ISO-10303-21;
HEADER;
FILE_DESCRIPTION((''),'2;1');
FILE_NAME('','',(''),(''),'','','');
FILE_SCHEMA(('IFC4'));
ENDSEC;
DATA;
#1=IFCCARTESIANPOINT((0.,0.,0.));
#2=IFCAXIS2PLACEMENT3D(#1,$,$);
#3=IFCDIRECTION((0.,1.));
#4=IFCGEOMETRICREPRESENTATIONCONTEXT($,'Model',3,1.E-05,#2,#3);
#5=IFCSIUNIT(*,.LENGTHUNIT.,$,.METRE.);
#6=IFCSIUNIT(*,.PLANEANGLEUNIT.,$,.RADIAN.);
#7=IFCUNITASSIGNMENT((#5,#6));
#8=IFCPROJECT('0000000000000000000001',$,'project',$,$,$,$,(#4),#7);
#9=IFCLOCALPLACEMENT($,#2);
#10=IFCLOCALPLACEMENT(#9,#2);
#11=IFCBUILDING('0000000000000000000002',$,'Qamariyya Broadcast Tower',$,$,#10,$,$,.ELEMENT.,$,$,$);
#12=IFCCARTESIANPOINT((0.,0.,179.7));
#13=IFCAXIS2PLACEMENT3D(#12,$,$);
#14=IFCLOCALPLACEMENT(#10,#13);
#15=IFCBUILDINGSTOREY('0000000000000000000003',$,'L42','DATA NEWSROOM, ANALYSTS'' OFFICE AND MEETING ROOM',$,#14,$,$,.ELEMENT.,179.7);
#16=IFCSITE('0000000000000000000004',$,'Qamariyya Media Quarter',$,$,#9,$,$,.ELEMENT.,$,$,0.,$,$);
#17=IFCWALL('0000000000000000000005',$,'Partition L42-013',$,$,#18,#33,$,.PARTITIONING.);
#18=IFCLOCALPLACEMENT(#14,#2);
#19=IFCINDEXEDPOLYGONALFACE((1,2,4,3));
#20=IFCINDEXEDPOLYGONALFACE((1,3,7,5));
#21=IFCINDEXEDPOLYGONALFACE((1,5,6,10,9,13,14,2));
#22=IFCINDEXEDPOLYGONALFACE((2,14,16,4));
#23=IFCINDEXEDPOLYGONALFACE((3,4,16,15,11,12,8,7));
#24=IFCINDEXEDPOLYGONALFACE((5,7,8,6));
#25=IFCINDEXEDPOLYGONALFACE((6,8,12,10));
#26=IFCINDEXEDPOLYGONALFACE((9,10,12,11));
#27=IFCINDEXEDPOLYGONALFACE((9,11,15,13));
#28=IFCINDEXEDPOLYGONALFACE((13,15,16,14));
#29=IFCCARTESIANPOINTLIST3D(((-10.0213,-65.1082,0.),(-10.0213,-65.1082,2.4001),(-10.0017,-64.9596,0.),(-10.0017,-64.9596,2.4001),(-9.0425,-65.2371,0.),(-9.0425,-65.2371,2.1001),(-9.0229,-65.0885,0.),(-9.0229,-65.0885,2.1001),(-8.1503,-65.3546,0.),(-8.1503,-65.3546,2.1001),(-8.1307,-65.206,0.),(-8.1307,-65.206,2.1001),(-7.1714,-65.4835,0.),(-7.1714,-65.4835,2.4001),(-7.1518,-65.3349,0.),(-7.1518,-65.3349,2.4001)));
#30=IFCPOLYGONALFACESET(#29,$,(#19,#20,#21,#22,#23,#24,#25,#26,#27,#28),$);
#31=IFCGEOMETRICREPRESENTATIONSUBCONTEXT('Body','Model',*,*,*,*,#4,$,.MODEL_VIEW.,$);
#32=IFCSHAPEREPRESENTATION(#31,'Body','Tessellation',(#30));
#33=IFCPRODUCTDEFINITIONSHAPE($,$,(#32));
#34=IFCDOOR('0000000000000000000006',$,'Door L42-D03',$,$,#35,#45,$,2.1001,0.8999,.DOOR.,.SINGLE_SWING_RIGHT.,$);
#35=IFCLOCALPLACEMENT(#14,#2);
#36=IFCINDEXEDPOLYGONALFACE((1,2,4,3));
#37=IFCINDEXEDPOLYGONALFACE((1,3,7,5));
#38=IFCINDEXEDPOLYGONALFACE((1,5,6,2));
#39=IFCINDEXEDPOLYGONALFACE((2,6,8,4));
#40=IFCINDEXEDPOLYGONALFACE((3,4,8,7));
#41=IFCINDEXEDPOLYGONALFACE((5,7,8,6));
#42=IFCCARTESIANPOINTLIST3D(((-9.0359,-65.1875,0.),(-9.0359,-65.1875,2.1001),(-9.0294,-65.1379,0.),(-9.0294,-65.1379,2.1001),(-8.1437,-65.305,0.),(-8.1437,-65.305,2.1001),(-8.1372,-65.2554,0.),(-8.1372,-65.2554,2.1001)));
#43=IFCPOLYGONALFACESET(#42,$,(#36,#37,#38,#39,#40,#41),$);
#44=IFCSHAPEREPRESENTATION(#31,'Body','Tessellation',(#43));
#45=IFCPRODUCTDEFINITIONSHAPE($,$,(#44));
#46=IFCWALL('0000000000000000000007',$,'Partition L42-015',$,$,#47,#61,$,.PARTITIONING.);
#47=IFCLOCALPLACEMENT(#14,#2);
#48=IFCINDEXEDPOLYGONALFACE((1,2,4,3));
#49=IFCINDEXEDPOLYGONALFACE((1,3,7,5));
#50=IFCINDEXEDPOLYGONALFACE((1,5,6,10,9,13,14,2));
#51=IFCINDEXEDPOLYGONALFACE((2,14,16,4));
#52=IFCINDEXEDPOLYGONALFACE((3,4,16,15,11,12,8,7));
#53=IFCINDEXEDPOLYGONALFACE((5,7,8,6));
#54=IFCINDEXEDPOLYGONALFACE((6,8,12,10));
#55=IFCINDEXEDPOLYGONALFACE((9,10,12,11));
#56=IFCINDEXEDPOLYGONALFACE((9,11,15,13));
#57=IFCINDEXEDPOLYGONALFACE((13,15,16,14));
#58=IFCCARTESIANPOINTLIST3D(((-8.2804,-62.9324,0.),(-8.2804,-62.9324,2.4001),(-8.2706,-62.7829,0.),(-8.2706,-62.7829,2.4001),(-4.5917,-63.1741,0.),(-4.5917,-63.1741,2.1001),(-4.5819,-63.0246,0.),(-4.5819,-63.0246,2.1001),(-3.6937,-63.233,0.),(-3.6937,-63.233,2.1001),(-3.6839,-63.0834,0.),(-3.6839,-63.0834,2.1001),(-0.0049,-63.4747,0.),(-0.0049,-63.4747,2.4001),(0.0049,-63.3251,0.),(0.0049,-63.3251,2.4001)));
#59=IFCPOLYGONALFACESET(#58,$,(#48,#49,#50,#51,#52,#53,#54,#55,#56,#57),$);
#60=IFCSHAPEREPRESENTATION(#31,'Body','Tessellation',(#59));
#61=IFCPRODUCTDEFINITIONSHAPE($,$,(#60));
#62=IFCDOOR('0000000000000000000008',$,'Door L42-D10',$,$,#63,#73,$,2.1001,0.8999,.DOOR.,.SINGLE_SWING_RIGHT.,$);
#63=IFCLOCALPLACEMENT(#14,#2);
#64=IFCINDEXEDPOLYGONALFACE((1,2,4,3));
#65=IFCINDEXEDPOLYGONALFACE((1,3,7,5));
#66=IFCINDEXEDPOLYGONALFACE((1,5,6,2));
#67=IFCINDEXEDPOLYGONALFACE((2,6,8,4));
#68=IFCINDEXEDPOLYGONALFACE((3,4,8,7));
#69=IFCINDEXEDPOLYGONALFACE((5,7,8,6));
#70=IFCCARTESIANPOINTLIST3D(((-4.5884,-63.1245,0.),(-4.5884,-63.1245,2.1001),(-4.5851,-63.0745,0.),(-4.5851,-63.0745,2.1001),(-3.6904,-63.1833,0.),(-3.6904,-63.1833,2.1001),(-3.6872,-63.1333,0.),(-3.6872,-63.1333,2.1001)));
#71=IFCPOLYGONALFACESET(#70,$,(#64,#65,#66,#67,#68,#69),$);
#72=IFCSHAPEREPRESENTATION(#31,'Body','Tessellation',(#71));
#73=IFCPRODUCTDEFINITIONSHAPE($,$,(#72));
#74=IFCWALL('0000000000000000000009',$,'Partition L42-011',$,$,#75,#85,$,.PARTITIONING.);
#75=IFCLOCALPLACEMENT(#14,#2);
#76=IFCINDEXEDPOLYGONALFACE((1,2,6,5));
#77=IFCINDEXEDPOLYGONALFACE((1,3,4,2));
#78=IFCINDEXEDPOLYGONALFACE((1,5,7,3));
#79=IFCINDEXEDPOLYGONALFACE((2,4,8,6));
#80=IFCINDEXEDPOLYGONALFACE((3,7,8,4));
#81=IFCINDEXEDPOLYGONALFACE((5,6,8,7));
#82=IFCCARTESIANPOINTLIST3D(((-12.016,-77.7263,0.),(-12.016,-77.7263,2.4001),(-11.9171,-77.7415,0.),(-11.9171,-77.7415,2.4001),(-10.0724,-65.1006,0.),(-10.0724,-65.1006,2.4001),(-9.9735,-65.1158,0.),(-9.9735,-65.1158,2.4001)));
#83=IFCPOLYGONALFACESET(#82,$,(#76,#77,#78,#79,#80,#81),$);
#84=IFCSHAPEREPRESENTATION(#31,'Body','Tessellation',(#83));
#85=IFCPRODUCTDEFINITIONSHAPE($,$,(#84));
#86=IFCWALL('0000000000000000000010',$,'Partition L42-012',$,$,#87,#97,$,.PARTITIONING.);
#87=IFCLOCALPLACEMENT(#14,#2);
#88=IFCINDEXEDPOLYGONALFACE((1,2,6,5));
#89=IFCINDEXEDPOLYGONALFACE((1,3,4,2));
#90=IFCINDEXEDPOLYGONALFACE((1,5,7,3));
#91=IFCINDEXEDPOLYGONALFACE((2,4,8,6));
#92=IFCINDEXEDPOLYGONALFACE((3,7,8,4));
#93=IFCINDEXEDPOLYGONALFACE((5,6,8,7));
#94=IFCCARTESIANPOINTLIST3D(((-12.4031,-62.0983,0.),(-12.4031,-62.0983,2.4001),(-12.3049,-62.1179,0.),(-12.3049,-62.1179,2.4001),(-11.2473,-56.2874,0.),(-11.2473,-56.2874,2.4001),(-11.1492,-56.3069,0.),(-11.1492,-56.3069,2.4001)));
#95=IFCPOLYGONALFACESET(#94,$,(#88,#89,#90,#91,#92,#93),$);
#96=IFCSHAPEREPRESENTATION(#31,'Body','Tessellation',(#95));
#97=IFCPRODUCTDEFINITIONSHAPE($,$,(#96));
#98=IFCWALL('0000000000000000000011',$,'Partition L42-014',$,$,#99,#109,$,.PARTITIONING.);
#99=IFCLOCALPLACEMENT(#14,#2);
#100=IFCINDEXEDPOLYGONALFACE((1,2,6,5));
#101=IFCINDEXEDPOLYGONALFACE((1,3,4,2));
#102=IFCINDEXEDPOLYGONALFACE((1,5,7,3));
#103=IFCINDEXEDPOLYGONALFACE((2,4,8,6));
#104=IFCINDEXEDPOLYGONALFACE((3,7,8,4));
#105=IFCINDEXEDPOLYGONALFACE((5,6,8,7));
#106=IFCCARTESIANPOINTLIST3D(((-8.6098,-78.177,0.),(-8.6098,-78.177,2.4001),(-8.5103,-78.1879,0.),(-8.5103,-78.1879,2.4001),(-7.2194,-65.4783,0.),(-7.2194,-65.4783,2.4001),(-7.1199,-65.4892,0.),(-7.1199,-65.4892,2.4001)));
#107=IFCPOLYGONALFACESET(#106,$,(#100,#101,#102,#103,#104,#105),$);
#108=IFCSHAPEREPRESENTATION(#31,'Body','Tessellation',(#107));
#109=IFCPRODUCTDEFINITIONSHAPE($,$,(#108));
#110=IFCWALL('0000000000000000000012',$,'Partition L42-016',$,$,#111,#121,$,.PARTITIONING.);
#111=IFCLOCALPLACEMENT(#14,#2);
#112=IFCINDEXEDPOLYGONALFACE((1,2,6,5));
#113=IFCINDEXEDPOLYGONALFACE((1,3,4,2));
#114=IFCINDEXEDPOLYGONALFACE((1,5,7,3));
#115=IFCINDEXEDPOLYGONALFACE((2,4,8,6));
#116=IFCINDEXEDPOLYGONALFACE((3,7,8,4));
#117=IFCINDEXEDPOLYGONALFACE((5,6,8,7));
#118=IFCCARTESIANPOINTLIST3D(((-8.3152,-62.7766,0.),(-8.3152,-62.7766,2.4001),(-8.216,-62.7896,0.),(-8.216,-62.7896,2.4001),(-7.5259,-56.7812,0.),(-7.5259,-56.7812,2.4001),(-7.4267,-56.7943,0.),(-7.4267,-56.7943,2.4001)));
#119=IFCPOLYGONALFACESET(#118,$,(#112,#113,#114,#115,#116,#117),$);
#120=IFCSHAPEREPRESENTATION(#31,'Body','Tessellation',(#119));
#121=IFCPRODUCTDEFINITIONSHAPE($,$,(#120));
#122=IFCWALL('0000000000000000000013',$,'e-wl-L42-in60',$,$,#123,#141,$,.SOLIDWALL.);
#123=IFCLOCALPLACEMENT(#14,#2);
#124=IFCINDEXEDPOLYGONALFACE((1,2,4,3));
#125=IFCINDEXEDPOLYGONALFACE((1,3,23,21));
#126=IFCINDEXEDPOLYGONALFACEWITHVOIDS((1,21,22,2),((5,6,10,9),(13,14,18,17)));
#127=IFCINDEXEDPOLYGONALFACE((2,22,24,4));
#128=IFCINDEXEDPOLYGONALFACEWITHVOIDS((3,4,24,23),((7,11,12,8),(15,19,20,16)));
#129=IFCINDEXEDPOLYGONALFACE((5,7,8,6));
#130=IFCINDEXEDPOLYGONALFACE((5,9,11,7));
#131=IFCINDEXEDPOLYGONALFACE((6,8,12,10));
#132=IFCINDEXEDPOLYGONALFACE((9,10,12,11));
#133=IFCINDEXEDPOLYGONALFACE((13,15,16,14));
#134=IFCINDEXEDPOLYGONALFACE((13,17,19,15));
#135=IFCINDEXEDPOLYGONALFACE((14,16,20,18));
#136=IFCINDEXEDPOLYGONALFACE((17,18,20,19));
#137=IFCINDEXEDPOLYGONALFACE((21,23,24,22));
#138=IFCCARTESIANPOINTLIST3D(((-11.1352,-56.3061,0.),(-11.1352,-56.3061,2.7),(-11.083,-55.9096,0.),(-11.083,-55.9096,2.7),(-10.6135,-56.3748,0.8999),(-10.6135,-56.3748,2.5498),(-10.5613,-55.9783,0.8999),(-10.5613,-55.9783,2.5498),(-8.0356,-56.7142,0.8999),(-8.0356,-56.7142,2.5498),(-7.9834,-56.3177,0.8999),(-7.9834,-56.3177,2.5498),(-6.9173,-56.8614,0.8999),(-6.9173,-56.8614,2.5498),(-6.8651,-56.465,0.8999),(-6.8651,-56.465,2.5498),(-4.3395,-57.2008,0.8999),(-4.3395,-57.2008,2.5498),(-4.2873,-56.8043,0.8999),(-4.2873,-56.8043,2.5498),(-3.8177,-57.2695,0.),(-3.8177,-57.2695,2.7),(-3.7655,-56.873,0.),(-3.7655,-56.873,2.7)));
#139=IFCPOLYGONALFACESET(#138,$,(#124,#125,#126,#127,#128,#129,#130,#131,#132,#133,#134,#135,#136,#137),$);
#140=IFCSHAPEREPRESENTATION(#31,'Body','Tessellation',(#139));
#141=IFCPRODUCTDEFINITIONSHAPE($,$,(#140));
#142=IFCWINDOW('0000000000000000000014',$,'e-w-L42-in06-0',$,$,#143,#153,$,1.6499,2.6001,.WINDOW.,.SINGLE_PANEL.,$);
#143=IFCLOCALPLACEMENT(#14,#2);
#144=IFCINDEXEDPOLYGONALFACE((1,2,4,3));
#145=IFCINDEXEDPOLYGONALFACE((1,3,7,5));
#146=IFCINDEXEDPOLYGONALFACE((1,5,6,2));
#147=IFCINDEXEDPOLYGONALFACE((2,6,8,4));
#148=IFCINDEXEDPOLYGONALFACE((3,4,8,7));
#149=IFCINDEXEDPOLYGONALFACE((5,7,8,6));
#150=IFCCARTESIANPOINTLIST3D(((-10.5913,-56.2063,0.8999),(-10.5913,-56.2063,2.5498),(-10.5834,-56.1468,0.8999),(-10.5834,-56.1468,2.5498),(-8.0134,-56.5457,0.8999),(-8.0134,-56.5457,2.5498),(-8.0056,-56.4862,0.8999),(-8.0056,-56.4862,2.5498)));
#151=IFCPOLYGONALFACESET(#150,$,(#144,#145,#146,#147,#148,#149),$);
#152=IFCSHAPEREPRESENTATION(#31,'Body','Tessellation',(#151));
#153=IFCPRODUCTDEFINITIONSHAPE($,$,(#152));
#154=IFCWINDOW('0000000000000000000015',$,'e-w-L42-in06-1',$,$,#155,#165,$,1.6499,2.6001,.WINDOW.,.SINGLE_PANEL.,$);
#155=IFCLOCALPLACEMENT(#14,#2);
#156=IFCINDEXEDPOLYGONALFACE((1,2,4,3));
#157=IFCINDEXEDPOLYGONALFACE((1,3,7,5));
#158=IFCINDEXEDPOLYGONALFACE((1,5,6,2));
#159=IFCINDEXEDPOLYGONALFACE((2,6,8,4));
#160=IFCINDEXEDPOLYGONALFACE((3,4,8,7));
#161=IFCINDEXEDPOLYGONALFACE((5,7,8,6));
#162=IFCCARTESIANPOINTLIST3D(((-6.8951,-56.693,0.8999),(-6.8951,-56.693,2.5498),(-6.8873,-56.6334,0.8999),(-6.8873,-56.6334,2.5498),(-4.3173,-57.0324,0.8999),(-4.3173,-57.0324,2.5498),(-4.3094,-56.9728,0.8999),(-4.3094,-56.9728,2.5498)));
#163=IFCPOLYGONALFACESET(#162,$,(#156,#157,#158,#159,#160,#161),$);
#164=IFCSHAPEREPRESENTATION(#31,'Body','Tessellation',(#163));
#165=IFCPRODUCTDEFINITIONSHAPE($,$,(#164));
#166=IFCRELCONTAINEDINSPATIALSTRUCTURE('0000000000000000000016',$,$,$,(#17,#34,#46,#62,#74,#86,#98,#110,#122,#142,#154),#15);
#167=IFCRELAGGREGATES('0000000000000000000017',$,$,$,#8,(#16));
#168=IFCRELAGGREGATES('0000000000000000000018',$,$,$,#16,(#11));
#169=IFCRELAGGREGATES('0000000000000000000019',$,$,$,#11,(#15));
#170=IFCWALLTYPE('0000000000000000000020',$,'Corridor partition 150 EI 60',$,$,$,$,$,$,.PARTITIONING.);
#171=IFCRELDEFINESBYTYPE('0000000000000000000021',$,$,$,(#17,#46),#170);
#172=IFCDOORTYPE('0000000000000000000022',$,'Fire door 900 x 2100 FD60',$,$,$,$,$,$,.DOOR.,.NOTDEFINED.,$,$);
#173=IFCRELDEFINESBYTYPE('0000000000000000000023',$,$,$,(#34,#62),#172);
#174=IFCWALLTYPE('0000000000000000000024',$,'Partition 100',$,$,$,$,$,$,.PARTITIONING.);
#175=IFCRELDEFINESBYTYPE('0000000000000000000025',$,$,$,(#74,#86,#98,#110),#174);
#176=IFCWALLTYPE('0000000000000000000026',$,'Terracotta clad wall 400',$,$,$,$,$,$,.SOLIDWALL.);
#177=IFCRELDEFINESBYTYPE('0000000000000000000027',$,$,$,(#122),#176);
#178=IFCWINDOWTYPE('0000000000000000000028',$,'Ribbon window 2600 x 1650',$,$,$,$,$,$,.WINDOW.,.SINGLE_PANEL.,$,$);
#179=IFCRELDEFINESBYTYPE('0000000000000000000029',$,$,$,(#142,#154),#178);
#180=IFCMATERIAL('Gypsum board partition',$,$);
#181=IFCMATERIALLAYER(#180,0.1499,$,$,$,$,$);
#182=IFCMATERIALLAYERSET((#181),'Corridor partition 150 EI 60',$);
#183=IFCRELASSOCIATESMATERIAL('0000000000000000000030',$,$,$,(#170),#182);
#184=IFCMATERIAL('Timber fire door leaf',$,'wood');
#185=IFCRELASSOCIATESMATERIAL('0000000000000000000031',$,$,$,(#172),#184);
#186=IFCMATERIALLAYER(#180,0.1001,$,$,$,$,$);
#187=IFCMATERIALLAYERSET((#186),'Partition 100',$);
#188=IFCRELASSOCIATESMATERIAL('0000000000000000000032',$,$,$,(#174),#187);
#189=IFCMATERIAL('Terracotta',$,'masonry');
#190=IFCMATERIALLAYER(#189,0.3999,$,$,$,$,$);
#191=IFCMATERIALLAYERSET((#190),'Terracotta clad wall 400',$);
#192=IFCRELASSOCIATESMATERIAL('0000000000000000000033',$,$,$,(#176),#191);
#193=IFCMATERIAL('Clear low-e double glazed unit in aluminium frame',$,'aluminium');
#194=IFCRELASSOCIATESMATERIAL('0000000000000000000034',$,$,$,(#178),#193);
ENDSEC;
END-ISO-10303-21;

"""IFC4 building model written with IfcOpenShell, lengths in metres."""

from ifc_helpers import new_model, si_unit, direction, frame, frame_2d, origin, place, context, subcontext, project, spatial, rectangle, extrude, material, layer, layer_set, type_object, element, fill, save


model = new_model("IFC4")

# Units and contexts
model_context = context("Model", 3, precision=1e-05, world=origin(), true_north=direction((0.0, 1.0)))
body_context = subcontext(model_context, "Body", "Model", "MODEL_VIEW")
ifc_project = project(units=[si_unit("LENGTHUNIT", "METRE"), si_unit("PLANEANGLEUNIT", "RADIAN")], contexts=[model_context])

# Site, building, storey
site_placement = place(None, origin())
site = spatial("IfcSite", under=ifc_project, at=site_placement, Name="Qamariyya Media Quarter", CompositionType="ELEMENT", RefElevation=0.0)
building_placement = place(site_placement, origin())
building = spatial("IfcBuilding", under=site, at=building_placement, Name="Qamariyya Broadcast Tower", CompositionType="ELEMENT")
storey_placement = place(building_placement, frame((0.0, 0.0, 179.7)))
storey = spatial("IfcBuildingStorey", under=building, at=storey_placement, Name="L42", Description="DATA NEWSROOM, ANALYSTS' OFFICE AND MEETING ROOM", CompositionType="ELEMENT", Elevation=179.7)

# Walls, openings, doors
ifc_material_1 = material(Name="Gypsum board partition")
ifc_layer_1 = layer(ifc_material_1, 0.1499)
ifc_layer_set_1 = layer_set([ifc_layer_1], Name="Corridor partition 150 EI 60")
wall_type_1 = type_object("IfcWallType", Name="Corridor partition 150 EI 60", PredefinedType="PARTITIONING", material=ifc_layer_set_1)
ifc_material_2 = material(Name="Timber fire door leaf", Category="wood")
door_type_1 = type_object("IfcDoorType", Name="Fire door 900 x 2100 FD60", OperationType="NOTDEFINED", PredefinedType="DOOR", material=ifc_material_2)
wall_1_placement = place(storey_placement, frame((-7.1616, -65.4092, 0.0), z_axis=(0.0, 0.0, 1.0), x_axis=(-0.991442, 0.130545, 0.0)))
wall_1 = element("IfcWall", 1, at=wall_1_placement, inside=storey, type_object=wall_type_1, Name="Partition L42-013", PredefinedType="PARTITIONING", context=body_context, shape_type="SweptSolid", body=[
    extrude(rectangle(XDim=2.8745, YDim=0.1499, at=frame_2d((1.4373, 0.0))), origin(), (0.0, 0.0, 1.0), 2.4001),
])
opening_1_placement = place(wall_1_placement, frame((0.9873, 0.0, 0.0)))
opening_1 = element("IfcOpeningElement", 2, at=opening_1_placement, cuts=wall_1, PredefinedType="OPENING", context=body_context, shape_type="SweptSolid", body=[
    extrude(rectangle(XDim=0.8999, YDim=2.1001, at=frame_2d((0.45, 1.05))), frame((0.0, 0.085, 0.0), z_axis=(0.0, -1.0, 0.0), x_axis=(1.0, 0.0, 0.0)), (0.0, 0.0, 1.0), 0.1699),
])
door_1_placement = place(opening_1_placement, origin())
door_1 = element("IfcDoor", 3, at=door_1_placement, inside=storey, type_object=door_type_1, Name="Door L42-D03", OperationType="SINGLE_SWING_RIGHT", OverallHeight=2.1001, OverallWidth=0.8999, PredefinedType="DOOR", context=body_context, shape_type="SweptSolid", body=[
    extrude(rectangle(XDim=0.8999, YDim=2.1001, at=frame_2d((0.45, 1.05))), frame((0.0, 0.0249, 0.0), z_axis=(0.0, -1.0, 0.0), x_axis=(1.0, 0.0, 0.0)), (0.0, 0.0, 1.0), 0.05),
])
fill(opening_1, door_1)
wall_2_placement = place(storey_placement, frame((-8.2754, -62.8577, 0.0), z_axis=(0.0, 0.0, 1.0), x_axis=(0.99786, -0.065384, 0.0)))
wall_2 = element("IfcWall", 4, at=wall_2_placement, inside=storey, type_object=wall_type_1, Name="Partition L42-015", PredefinedType="PARTITIONING", context=body_context, shape_type="SweptSolid", body=[
    extrude(rectangle(XDim=8.2932, YDim=0.1499, at=frame_2d((4.1465, 0.0))), origin(), (0.0, 0.0, 1.0), 2.4001),
])
opening_2_placement = place(wall_2_placement, frame((3.6965, 0.0, 0.0)))
opening_2 = element("IfcOpeningElement", 5, at=opening_2_placement, cuts=wall_2, PredefinedType="OPENING", context=body_context, shape_type="SweptSolid", body=[
    extrude(rectangle(XDim=0.8999, YDim=2.1001, at=frame_2d((0.45, 1.05))), frame((0.0, 0.085, 0.0), z_axis=(0.0, -1.0, 0.0), x_axis=(1.0, 0.0, 0.0)), (0.0, 0.0, 1.0), 0.1699),
])
door_2_placement = place(opening_2_placement, origin())
door_2 = element("IfcDoor", 6, at=door_2_placement, inside=storey, type_object=door_type_1, Name="Door L42-D10", OperationType="SINGLE_SWING_RIGHT", OverallHeight=2.1001, OverallWidth=0.8999, PredefinedType="DOOR", context=body_context, shape_type="SweptSolid", body=[
    extrude(rectangle(XDim=0.8999, YDim=2.1001, at=frame_2d((0.45, 1.05))), frame((0.0, 0.0249, 0.0), z_axis=(0.0, -1.0, 0.0), x_axis=(1.0, 0.0, 0.0)), (0.0, 0.0, 1.0), 0.05),
])
fill(opening_2, door_2)

# Walls
ifc_layer_2 = layer(ifc_material_1, 0.1001)
ifc_layer_set_2 = layer_set([ifc_layer_2], Name="Partition 100")
wall_type_2 = type_object("IfcWallType", Name="Partition 100", PredefinedType="PARTITIONING", material=ifc_layer_set_2)
wall_3_placement = place(storey_placement, frame((-11.9666, -77.7339, 0.0), z_axis=(0.0, 0.0, 1.0), x_axis=(0.152148, 0.988358, 0.0)))
element("IfcWall", 7, at=wall_3_placement, inside=storey, type_object=wall_type_2, Name="Partition L42-011", PredefinedType="PARTITIONING", context=body_context, shape_type="SweptSolid", body=[
    extrude(rectangle(XDim=12.7744, YDim=0.1001, at=frame_2d((6.3872, 0.0))), origin(), (0.0, 0.0, 1.0), 2.4001),
])
wall_4_placement = place(storey_placement, frame((-11.1982, -56.2971, 0.0), z_axis=(0.0, 0.0, 1.0), x_axis=(-0.19507, -0.980789, 0.0)))
element("IfcWall", 8, at=wall_4_placement, inside=storey, type_object=wall_type_2, Name="Partition L42-012", PredefinedType="PARTITIONING", context=body_context, shape_type="SweptSolid", body=[
    extrude(rectangle(XDim=5.9248, YDim=0.1001, at=frame_2d((2.9624, 0.0))), origin(), (0.0, 0.0, 1.0), 2.4001),
])
wall_5_placement = place(storey_placement, frame((-8.5601, -78.1824, 0.0), z_axis=(0.0, 0.0, 1.0), x_axis=(0.108839, 0.994059, 0.0)))
element("IfcWall", 9, at=wall_5_placement, inside=storey, type_object=wall_type_2, Name="Partition L42-014", PredefinedType="PARTITIONING", context=body_context, shape_type="SweptSolid", body=[
    extrude(rectangle(XDim=12.7747, YDim=0.1001, at=frame_2d((6.3872, 0.0))), origin(), (0.0, 0.0, 1.0), 2.4001),
])
wall_6_placement = place(storey_placement, frame((-7.4763, -56.7878, 0.0), z_axis=(0.0, 0.0, 1.0), x_axis=(-0.130527, -0.991445, 0.0)))
element("IfcWall", 10, at=wall_6_placement, inside=storey, type_object=wall_type_2, Name="Partition L42-016", PredefinedType="PARTITIONING", context=body_context, shape_type="SweptSolid", body=[
    extrude(rectangle(XDim=6.0471, YDim=0.1001, at=frame_2d((3.0234, 0.0))), origin(), (0.0, 0.0, 1.0), 2.4001),
])

# Wall, openings, windows
ifc_material_3 = material(Name="Terracotta", Category="masonry")
ifc_layer_3 = layer(ifc_material_3, 0.3999)
ifc_layer_set_3 = layer_set([ifc_layer_3], Name="Terracotta clad wall 400")
wall_type_3 = type_object("IfcWallType", Name="Terracotta clad wall 400", PredefinedType="SOLIDWALL", material=ifc_layer_set_3)
wall_7_placement = place(storey_placement, frame((-3.7915, -57.0713, 0.0), z_axis=(0.0, 0.0, 1.0), x_axis=(-0.991444, 0.13053, 0.0)))
wall_7 = element("IfcWall", 11, at=wall_7_placement, inside=storey, type_object=wall_type_3, Name="e-wl-L42-in60", PredefinedType="SOLIDWALL", context=body_context, shape_type="SweptSolid", body=[
    extrude(rectangle(XDim=7.3806, YDim=0.3999, at=frame_2d((3.6904, 0.0))), origin(), (0.0, 0.0, 1.0), 2.7),
])
opening_3_placement = place(wall_7_placement, frame((4.2544, 0.0, 0.8999)))
opening_3 = element("IfcOpeningElement", 12, at=opening_3_placement, cuts=wall_7, PredefinedType="OPENING", context=body_context, shape_type="SweptSolid", body=[
    extrude(rectangle(XDim=2.6001, YDim=1.6499, at=frame_2d((1.3, 0.825))), frame((0.0, 0.21, 0.0), z_axis=(0.0, -1.0, 0.0), x_axis=(1.0, 0.0, 0.0)), (0.0, 0.0, 1.0), 0.4199),
])
opening_4_placement = place(wall_7_placement, frame((0.5264, 0.0, 0.8999)))
opening_4 = element("IfcOpeningElement", 13, at=opening_4_placement, cuts=wall_7, PredefinedType="OPENING", context=body_context, shape_type="SweptSolid", body=[
    extrude(rectangle(XDim=2.6001, YDim=1.6499, at=frame_2d((1.3, 0.825))), frame((0.0, 0.21, 0.0), z_axis=(0.0, -1.0, 0.0), x_axis=(1.0, 0.0, 0.0)), (0.0, 0.0, 1.0), 0.4199),
])
ifc_material_4 = material(Name="Clear low-e double glazed unit in aluminium frame", Category="aluminium")
window_type = type_object("IfcWindowType", Name="Ribbon window 2600 x 1650", PartitioningType="SINGLE_PANEL", PredefinedType="WINDOW", material=ifc_material_4)
window_1_placement = place(opening_3_placement, origin())
window_1 = element("IfcWindow", 14, at=window_1_placement, inside=storey, type_object=window_type, Name="e-w-L42-in06-0", OverallHeight=1.6499, OverallWidth=2.6001, PartitioningType="SINGLE_PANEL", PredefinedType="WINDOW", context=body_context, shape_type="SweptSolid", body=[
    extrude(rectangle(XDim=2.6001, YDim=1.6499, at=frame_2d((1.3, 0.825))), frame((0.0, 0.03, 0.0), z_axis=(0.0, -1.0, 0.0), x_axis=(1.0, 0.0, 0.0)), (0.0, 0.0, 1.0), 0.0601),
])
fill(opening_3, window_1)
window_2_placement = place(opening_4_placement, origin())
window_2 = element("IfcWindow", 15, at=window_2_placement, inside=storey, type_object=window_type, Name="e-w-L42-in06-1", OverallHeight=1.6499, OverallWidth=2.6001, PartitioningType="SINGLE_PANEL", PredefinedType="WINDOW", context=body_context, shape_type="SweptSolid", body=[
    extrude(rectangle(XDim=2.6001, YDim=1.6499, at=frame_2d((1.3, 0.825))), frame((0.0, 0.03, 0.0), z_axis=(0.0, -1.0, 0.0), x_axis=(1.0, 0.0, 0.0)), (0.0, 0.0, 1.0), 0.0601),
])
fill(opening_4, window_2)

save(model, "model.ifc")
